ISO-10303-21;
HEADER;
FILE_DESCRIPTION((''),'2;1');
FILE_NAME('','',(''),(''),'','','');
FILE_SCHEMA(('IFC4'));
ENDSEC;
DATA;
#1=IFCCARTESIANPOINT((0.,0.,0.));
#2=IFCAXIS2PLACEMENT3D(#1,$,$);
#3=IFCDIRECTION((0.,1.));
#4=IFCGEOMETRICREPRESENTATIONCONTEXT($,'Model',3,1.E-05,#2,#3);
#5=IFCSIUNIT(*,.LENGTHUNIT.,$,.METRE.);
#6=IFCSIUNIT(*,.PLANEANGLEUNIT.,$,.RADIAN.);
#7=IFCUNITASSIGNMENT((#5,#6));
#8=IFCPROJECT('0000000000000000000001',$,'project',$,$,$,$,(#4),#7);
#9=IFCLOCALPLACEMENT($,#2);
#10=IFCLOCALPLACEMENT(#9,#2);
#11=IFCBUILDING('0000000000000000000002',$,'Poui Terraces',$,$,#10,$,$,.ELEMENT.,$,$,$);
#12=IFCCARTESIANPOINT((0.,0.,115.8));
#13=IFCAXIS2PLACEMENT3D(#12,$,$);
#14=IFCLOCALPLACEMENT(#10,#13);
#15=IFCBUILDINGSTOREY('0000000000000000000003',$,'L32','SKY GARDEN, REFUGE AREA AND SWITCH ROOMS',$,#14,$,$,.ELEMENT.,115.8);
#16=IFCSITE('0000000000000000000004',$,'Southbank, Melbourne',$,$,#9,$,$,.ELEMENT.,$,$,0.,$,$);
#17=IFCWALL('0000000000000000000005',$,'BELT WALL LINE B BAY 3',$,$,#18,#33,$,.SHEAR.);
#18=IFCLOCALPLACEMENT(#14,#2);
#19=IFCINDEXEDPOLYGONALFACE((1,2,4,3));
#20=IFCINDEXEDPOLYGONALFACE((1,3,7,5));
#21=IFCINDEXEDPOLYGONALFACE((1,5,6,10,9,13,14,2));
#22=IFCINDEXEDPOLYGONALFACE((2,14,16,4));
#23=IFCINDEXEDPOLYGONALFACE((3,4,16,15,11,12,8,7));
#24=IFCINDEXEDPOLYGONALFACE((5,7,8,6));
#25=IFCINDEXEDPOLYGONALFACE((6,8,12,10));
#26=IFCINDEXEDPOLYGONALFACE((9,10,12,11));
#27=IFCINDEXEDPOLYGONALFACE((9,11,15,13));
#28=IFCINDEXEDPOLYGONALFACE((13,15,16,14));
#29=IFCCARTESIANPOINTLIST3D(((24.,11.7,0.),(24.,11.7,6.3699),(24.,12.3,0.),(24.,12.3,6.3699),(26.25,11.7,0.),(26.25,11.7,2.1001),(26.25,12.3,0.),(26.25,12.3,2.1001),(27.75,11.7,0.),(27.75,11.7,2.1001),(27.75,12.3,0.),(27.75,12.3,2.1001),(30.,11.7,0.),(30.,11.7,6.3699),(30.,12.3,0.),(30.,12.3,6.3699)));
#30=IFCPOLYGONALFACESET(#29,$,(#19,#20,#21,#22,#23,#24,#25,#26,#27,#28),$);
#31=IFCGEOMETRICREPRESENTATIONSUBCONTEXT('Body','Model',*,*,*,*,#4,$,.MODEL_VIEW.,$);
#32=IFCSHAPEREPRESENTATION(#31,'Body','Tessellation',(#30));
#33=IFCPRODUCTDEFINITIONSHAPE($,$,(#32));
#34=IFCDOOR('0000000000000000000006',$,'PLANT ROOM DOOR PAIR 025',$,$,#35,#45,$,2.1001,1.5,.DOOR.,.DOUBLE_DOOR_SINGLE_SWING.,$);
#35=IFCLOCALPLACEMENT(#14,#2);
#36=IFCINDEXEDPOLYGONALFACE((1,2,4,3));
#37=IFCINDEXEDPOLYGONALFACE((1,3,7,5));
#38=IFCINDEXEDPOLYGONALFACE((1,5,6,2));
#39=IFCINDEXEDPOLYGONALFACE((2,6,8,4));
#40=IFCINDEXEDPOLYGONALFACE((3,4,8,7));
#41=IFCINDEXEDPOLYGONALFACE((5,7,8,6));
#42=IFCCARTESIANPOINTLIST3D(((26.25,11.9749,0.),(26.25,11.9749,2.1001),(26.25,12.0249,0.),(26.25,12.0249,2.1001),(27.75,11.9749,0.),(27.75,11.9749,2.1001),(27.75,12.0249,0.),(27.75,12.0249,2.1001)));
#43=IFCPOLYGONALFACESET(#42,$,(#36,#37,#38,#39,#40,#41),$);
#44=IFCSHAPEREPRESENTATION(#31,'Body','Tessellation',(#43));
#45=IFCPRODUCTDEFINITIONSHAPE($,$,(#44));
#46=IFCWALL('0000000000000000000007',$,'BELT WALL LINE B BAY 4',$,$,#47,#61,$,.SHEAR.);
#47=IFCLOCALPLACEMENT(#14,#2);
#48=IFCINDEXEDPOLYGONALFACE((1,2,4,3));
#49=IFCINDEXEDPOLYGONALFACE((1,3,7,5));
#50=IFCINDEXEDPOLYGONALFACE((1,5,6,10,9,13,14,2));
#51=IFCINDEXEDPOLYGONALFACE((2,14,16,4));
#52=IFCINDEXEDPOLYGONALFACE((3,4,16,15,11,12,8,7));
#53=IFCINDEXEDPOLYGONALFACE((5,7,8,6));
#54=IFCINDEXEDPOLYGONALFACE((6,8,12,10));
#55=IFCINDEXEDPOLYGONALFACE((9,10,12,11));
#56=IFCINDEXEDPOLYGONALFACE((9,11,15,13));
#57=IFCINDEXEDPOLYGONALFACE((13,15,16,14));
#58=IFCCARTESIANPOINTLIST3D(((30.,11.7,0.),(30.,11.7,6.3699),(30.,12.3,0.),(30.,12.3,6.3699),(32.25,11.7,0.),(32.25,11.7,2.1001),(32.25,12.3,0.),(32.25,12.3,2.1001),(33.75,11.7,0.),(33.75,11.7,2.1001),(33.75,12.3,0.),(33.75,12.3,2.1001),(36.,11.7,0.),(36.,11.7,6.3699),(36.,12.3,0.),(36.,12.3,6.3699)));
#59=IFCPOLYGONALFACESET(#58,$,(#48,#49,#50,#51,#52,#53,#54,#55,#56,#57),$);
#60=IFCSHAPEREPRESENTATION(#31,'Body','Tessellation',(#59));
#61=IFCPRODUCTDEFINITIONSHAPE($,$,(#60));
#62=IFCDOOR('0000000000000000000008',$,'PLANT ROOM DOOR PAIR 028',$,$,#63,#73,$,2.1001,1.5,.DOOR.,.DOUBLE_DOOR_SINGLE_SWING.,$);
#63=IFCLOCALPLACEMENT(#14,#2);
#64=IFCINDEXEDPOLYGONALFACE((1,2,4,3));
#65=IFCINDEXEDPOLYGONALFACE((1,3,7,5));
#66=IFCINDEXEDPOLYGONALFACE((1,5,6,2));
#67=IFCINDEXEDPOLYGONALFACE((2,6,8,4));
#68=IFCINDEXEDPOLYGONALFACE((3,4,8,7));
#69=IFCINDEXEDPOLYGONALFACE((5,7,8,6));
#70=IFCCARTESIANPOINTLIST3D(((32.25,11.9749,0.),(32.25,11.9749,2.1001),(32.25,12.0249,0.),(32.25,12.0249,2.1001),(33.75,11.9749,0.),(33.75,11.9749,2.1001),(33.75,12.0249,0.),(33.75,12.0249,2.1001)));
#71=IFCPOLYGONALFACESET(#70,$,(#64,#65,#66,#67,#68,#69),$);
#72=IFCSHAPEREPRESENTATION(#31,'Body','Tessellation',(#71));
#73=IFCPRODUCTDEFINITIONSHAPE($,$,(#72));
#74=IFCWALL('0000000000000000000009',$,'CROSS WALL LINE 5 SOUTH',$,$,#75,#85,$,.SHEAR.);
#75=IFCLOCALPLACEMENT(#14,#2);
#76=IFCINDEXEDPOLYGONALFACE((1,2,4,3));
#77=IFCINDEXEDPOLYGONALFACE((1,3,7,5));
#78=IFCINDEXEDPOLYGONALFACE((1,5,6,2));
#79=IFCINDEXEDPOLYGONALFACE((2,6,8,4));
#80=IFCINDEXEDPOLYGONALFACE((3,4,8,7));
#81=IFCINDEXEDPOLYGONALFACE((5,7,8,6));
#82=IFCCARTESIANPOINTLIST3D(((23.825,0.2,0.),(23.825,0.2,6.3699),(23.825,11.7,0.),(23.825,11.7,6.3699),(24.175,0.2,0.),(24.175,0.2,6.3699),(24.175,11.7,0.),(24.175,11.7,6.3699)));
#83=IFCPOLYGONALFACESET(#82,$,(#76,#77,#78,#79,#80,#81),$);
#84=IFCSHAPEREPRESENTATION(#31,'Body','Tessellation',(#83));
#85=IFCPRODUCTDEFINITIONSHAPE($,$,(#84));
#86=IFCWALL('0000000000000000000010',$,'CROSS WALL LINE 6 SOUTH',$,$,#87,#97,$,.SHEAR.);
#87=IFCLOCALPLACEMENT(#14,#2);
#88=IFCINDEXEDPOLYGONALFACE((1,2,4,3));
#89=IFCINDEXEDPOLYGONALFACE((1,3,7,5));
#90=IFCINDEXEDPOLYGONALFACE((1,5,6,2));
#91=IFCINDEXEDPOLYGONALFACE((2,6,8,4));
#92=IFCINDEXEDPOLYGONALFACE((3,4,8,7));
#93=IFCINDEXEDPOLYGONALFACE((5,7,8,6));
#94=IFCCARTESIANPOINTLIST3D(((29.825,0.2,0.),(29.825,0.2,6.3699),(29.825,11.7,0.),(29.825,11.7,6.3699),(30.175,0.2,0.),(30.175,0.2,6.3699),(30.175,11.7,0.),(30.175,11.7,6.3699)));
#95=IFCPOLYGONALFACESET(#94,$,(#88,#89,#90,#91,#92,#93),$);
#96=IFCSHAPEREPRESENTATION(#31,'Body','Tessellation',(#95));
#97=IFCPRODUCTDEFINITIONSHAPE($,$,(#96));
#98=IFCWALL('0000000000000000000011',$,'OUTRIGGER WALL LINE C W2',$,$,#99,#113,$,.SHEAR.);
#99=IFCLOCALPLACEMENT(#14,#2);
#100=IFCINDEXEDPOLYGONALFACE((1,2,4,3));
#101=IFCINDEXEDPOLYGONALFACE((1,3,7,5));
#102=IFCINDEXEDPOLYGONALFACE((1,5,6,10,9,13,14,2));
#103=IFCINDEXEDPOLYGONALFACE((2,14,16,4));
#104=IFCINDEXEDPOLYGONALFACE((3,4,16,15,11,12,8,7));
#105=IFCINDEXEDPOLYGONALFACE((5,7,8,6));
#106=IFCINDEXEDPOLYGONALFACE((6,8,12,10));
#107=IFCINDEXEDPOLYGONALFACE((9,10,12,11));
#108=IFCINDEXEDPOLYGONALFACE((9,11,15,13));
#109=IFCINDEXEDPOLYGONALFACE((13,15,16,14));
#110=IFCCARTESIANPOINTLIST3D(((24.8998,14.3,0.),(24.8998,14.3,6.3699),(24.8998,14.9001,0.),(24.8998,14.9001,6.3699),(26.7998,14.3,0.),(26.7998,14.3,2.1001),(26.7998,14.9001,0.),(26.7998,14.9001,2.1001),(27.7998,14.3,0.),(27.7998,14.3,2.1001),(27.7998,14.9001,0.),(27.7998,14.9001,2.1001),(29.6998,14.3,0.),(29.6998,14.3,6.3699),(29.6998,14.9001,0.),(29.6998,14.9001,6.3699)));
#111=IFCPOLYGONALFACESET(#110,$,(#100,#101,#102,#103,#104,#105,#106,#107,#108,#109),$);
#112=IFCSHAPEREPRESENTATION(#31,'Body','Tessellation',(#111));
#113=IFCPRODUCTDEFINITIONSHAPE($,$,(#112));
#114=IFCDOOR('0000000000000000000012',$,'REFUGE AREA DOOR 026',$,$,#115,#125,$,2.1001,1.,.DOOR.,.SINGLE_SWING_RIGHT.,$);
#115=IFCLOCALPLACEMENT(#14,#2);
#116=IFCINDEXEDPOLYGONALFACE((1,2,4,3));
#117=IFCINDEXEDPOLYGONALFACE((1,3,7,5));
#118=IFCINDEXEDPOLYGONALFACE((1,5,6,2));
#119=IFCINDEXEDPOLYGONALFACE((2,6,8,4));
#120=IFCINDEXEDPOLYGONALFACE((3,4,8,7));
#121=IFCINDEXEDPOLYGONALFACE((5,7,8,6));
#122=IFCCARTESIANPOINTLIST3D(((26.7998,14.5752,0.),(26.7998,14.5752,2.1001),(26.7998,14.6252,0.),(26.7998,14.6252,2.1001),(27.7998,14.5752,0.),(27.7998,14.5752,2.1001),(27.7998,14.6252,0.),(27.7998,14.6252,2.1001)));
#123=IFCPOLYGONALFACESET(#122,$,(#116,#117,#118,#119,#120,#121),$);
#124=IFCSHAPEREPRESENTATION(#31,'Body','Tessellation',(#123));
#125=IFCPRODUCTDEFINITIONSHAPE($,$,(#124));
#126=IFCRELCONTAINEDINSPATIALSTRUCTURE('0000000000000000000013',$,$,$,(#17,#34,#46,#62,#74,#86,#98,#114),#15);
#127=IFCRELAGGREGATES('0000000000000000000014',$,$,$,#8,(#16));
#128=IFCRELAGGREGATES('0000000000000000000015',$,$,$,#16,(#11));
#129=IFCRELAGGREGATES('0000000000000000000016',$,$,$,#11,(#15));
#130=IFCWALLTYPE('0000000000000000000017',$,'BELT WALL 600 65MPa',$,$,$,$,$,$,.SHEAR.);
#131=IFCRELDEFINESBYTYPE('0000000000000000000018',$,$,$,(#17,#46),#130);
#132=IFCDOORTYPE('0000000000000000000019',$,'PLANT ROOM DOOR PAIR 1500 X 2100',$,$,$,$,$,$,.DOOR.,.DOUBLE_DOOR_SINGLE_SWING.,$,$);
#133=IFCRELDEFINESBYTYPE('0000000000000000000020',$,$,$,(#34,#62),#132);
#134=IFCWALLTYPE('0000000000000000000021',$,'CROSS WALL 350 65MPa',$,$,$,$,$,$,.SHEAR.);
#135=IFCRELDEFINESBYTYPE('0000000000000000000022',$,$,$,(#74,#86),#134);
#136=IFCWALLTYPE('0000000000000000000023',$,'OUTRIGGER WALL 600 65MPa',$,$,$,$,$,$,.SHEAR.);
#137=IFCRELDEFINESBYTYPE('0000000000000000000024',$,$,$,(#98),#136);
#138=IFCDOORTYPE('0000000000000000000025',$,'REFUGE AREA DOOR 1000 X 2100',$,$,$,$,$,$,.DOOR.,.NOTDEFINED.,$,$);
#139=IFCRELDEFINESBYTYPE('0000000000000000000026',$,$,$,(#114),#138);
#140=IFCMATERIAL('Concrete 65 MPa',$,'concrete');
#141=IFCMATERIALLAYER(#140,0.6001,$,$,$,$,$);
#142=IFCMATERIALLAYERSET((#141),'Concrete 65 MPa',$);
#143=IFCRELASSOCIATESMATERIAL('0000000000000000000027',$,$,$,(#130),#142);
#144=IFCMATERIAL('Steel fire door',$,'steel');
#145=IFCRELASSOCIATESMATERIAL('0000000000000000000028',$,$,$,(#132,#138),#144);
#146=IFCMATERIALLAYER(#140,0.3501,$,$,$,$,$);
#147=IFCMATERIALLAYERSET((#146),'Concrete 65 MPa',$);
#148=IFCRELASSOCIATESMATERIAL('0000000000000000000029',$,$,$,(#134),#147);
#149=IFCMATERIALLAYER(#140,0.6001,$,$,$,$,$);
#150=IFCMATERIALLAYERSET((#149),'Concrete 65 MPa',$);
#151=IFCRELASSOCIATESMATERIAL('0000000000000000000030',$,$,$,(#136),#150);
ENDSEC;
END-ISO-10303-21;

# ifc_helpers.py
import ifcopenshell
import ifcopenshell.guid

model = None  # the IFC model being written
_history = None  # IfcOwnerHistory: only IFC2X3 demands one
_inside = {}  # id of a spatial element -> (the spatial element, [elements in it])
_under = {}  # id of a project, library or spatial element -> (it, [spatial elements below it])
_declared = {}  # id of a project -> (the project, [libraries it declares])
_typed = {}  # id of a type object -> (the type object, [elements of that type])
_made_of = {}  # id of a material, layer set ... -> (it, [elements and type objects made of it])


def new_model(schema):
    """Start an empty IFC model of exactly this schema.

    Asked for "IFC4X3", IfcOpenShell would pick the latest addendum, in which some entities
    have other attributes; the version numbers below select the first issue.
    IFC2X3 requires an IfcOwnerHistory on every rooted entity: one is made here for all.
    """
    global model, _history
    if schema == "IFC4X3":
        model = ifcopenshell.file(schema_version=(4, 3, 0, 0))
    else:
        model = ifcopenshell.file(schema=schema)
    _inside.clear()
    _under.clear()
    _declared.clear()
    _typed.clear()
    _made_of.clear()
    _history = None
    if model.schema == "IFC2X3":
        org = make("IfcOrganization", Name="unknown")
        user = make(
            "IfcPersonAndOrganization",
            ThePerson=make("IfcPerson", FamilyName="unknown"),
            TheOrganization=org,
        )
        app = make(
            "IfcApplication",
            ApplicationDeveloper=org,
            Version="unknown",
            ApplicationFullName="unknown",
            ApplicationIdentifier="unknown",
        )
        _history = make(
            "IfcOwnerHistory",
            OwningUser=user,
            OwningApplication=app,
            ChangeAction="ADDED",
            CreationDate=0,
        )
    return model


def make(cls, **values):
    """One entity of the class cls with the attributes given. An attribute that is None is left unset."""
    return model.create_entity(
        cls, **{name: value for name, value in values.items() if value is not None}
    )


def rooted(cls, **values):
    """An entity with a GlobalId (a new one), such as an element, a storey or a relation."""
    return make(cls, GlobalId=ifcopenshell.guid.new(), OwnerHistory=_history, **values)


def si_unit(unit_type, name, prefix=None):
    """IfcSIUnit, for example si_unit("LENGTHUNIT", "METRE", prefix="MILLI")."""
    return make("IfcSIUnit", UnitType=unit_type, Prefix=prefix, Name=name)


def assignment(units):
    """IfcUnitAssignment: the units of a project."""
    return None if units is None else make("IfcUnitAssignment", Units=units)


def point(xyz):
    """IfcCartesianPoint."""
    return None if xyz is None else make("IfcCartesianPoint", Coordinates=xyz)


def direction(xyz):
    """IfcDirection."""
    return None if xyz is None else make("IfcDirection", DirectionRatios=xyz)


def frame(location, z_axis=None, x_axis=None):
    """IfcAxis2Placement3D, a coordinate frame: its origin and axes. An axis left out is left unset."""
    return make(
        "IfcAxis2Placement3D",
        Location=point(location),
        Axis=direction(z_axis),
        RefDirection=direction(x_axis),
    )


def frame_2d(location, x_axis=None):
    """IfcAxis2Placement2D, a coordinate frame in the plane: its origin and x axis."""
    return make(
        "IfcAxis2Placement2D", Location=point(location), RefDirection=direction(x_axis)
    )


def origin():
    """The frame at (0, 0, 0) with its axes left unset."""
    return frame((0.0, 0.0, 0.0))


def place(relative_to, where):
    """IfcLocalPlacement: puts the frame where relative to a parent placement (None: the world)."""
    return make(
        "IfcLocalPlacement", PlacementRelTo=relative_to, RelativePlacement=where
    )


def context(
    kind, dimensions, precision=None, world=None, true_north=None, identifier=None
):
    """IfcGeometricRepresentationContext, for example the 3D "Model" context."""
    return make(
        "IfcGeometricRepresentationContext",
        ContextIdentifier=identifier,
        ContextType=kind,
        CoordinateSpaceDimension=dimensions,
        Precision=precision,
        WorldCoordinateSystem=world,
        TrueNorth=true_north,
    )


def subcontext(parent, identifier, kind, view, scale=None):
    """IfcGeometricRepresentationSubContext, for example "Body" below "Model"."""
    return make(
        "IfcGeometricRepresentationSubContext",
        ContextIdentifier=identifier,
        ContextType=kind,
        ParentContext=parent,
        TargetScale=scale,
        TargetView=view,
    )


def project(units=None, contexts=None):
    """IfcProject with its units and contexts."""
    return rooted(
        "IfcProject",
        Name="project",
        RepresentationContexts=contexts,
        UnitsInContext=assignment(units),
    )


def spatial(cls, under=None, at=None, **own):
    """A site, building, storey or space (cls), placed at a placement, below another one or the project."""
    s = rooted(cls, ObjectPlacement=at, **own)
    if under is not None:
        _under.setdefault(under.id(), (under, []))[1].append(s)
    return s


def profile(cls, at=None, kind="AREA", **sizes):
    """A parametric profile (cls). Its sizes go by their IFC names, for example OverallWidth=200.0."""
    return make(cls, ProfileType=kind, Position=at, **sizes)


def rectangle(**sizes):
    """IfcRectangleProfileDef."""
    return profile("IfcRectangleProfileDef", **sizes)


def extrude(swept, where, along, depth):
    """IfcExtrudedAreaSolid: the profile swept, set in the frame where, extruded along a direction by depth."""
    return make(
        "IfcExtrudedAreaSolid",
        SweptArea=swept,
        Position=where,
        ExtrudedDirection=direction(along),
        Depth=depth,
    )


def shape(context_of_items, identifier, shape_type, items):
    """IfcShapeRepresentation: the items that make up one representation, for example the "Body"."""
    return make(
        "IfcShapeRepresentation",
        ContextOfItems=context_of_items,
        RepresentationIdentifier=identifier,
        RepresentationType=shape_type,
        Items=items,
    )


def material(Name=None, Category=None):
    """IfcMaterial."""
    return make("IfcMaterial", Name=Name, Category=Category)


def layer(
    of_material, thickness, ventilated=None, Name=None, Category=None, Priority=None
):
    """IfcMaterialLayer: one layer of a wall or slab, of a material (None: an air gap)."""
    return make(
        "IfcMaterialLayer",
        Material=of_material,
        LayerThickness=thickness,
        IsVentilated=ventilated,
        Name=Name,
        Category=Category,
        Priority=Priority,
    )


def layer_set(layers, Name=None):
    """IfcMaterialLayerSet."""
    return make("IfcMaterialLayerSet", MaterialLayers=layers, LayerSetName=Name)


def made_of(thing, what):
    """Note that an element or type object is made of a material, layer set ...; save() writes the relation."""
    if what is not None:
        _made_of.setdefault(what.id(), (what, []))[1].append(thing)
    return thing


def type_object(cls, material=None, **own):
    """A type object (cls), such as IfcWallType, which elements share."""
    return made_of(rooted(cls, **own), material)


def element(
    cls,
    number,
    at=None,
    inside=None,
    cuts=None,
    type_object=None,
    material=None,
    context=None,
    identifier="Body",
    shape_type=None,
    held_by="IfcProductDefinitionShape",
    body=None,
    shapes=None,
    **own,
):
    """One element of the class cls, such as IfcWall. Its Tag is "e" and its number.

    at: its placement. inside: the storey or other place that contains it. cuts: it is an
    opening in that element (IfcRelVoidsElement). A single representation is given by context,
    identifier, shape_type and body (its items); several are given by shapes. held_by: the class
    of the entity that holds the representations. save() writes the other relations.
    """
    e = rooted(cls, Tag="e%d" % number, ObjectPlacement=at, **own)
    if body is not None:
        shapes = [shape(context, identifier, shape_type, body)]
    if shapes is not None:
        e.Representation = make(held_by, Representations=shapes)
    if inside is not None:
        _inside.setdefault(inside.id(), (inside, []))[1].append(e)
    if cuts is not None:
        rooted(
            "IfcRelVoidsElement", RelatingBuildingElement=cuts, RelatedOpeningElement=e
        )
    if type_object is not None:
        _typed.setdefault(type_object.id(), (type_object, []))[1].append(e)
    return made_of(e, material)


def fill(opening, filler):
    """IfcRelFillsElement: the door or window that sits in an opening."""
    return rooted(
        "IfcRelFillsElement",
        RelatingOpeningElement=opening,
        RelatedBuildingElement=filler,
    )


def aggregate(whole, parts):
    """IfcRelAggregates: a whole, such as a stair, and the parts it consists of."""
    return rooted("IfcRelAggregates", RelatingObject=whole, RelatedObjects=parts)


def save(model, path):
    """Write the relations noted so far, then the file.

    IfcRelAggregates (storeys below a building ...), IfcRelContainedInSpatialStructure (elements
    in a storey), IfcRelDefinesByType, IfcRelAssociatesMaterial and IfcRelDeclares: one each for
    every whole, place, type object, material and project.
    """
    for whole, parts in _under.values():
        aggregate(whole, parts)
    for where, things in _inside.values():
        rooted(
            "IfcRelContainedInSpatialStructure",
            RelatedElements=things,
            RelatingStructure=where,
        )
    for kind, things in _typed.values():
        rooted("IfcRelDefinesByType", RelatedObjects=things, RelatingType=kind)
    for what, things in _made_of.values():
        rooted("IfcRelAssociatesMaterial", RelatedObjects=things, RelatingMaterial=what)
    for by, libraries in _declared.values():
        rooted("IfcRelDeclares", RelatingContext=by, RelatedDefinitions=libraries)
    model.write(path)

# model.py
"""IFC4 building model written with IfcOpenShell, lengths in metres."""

from ifc_helpers import new_model, si_unit, direction, frame, frame_2d, origin, place, context, subcontext, project, spatial, rectangle, extrude, material, layer, layer_set, type_object, element, fill, save


model = new_model("IFC4")

# Units and contexts
model_context = context("Model", 3, precision=1e-05, world=origin(), true_north=direction((0.0, 1.0)))
body_context = subcontext(model_context, "Body", "Model", "MODEL_VIEW")
ifc_project = project(units=[si_unit("LENGTHUNIT", "METRE"), si_unit("PLANEANGLEUNIT", "RADIAN")], contexts=[model_context])

# Site, building, storey
site_placement = place(None, origin())
site = spatial("IfcSite", under=ifc_project, at=site_placement, Name="Southbank, Melbourne", CompositionType="ELEMENT", RefElevation=0.0)
building_placement = place(site_placement, origin())
building = spatial("IfcBuilding", under=site, at=building_placement, Name="Poui Terraces", CompositionType="ELEMENT")
storey_placement = place(building_placement, frame((0.0, 0.0, 115.8)))
storey = spatial("IfcBuildingStorey", under=building, at=storey_placement, Name="L32", Description="SKY GARDEN, REFUGE AREA AND SWITCH ROOMS", CompositionType="ELEMENT", Elevation=115.8)

# Walls, openings, doors
ifc_material_1 = material(Name="Concrete 65 MPa", Category="concrete")
ifc_layer_1 = layer(ifc_material_1, 0.6001)
ifc_layer_set_1 = layer_set([ifc_layer_1], Name="Concrete 65 MPa")
wall_type_1 = type_object("IfcWallType", Name="BELT WALL 600 65MPa", PredefinedType="SHEAR", material=ifc_layer_set_1)
wall_1_placement = place(storey_placement, frame((24.0, 12.0, 0.0), z_axis=(0.0, 0.0, 1.0), x_axis=(1.0, 0.0, 0.0)))
wall_1 = element("IfcWall", 1, at=wall_1_placement, inside=storey, type_object=wall_type_1, Name="BELT WALL LINE B BAY 3", PredefinedType="SHEAR", context=body_context, shape_type="SweptSolid", body=[
    extrude(rectangle(XDim=6.0, YDim=0.6001, at=frame_2d((3.0, 0.0))), origin(), (0.0, 0.0, 1.0), 6.3699),
])
opening_1_placement = place(wall_1_placement, frame((2.25, 0.0, 0.0)))
opening_1 = element("IfcOpeningElement", 2, at=opening_1_placement, cuts=wall_1, PredefinedType="OPENING", context=body_context, shape_type="SweptSolid", body=[
    extrude(rectangle(XDim=1.5, YDim=2.1001, at=frame_2d((0.75, 1.05))), frame((0.0, 0.3101, 0.0), z_axis=(0.0, -1.0, 0.0), x_axis=(1.0, 0.0, 0.0)), (0.0, 0.0, 1.0), 0.6201),
])
ifc_material_2 = material(Name="Steel fire door", Category="steel")
door_type_1 = type_object("IfcDoorType", Name="PLANT ROOM DOOR PAIR 1500 X 2100", OperationType="DOUBLE_DOOR_SINGLE_SWING", PredefinedType="DOOR", material=ifc_material_2)
door_1_placement = place(opening_1_placement, origin())
door_1 = element("IfcDoor", 3, at=door_1_placement, inside=storey, type_object=door_type_1, Name="PLANT ROOM DOOR PAIR 025", OperationType="DOUBLE_DOOR_SINGLE_SWING", OverallHeight=2.1001, OverallWidth=1.5, PredefinedType="DOOR", context=body_context, shape_type="SweptSolid", body=[
    extrude(rectangle(XDim=1.5, YDim=2.1001, at=frame_2d((0.75, 1.05))), frame((0.0, 0.0249, 0.0), z_axis=(0.0, -1.0, 0.0), x_axis=(1.0, 0.0, 0.0)), (0.0, 0.0, 1.0), 0.05),
])
fill(opening_1, door_1)
wall_2_placement = place(storey_placement, frame((30.0, 12.0, 0.0), z_axis=(0.0, 0.0, 1.0), x_axis=(1.0, 0.0, 0.0)))
wall_2 = element("IfcWall", 4, at=wall_2_placement, inside=storey, type_object=wall_type_1, Name="BELT WALL LINE B BAY 4", PredefinedType="SHEAR", context=body_context, shape_type="SweptSolid", body=[
    extrude(rectangle(XDim=6.0, YDim=0.6001, at=frame_2d((3.0, 0.0))), origin(), (0.0, 0.0, 1.0), 6.3699),
])
opening_2_placement = place(wall_2_placement, frame((2.25, 0.0, 0.0)))
opening_2 = element("IfcOpeningElement", 5, at=opening_2_placement, cuts=wall_2, PredefinedType="OPENING", context=body_context, shape_type="SweptSolid", body=[
    extrude(rectangle(XDim=1.5, YDim=2.1001, at=frame_2d((0.75, 1.05))), frame((0.0, 0.3101, 0.0), z_axis=(0.0, -1.0, 0.0), x_axis=(1.0, 0.0, 0.0)), (0.0, 0.0, 1.0), 0.6201),
])
door_2_placement = place(opening_2_placement, origin())
door_2 = element("IfcDoor", 6, at=door_2_placement, inside=storey, type_object=door_type_1, Name="PLANT ROOM DOOR PAIR 028", OperationType="DOUBLE_DOOR_SINGLE_SWING", OverallHeight=2.1001, OverallWidth=1.5, PredefinedType="DOOR", context=body_context, shape_type="SweptSolid", body=[
    extrude(rectangle(XDim=1.5, YDim=2.1001, at=frame_2d((0.75, 1.05))), frame((0.0, 0.0249, 0.0), z_axis=(0.0, -1.0, 0.0), x_axis=(1.0, 0.0, 0.0)), (0.0, 0.0, 1.0), 0.05),
])
fill(opening_2, door_2)

# Walls
ifc_layer_2 = layer(ifc_material_1, 0.3501)
ifc_layer_set_2 = layer_set([ifc_layer_2], Name="Concrete 65 MPa")
wall_type_2 = type_object("IfcWallType", Name="CROSS WALL 350 65MPa", PredefinedType="SHEAR", material=ifc_layer_set_2)
for number, where, z_axis, x_axis, name in (
    (7, (24.0, 0.2, 0.0), (0.0, 0.0, 1.0), (0.0, 1.0, 0.0), "CROSS WALL LINE 5 SOUTH"),
    (8, (30.0, 0.2, 0.0), (0.0, 0.0, 1.0), (0.0, 1.0, 0.0), "CROSS WALL LINE 6 SOUTH"),
):
    element("IfcWall", number, at=place(storey_placement, frame(where, z_axis=z_axis, x_axis=x_axis)), inside=storey, type_object=wall_type_2, Name=name, PredefinedType="SHEAR", context=body_context, shape_type="SweptSolid", body=[
        extrude(rectangle(XDim=11.5, YDim=0.3501, at=frame_2d((5.75, 0.0))), origin(), (0.0, 0.0, 1.0), 6.3699),
    ])

# Wall, opening, door
ifc_layer_3 = layer(ifc_material_1, 0.6001)
ifc_layer_set_3 = layer_set([ifc_layer_3], Name="Concrete 65 MPa")
wall_type_3 = type_object("IfcWallType", Name="OUTRIGGER WALL 600 65MPa", PredefinedType="SHEAR", material=ifc_layer_set_3)
wall_3_placement = place(storey_placement, frame((24.8999, 14.6001, 0.0), z_axis=(0.0, 0.0, 1.0), x_axis=(1.0, 0.0, 0.0)))
wall_3 = element("IfcWall", 9, at=wall_3_placement, inside=storey, type_object=wall_type_3, Name="OUTRIGGER WALL LINE C W2", PredefinedType="SHEAR", context=body_context, shape_type="SweptSolid", body=[
    extrude(rectangle(XDim=4.8, YDim=0.6001, at=frame_2d((2.3999, 0.0))), origin(), (0.0, 0.0, 1.0), 6.3699),
])
opening_3_placement = place(wall_3_placement, frame((1.8999, 0.0, 0.0)))
opening_3 = element("IfcOpeningElement", 10, at=opening_3_placement, cuts=wall_3, PredefinedType="OPENING", context=body_context, shape_type="SweptSolid", body=[
    extrude(rectangle(XDim=1.0, YDim=2.1001, at=frame_2d((0.5, 1.05))), frame((0.0, 0.3101, 0.0), z_axis=(0.0, -1.0, 0.0), x_axis=(1.0, 0.0, 0.0)), (0.0, 0.0, 1.0), 0.6201),
])
door_type_2 = type_object("IfcDoorType", Name="REFUGE AREA DOOR 1000 X 2100", OperationType="NOTDEFINED", PredefinedType="DOOR", material=ifc_material_2)
door_3_placement = place(opening_3_placement, frame((1.0, 0.0, 0.0), z_axis=(0.0, 0.0, 1.0), x_axis=(-1.0, 0.0, 0.0)))
door_3 = element("IfcDoor", 11, at=door_3_placement, inside=storey, type_object=door_type_2, Name="REFUGE AREA DOOR 026", OperationType="SINGLE_SWING_RIGHT", OverallHeight=2.1001, OverallWidth=1.0, PredefinedType="DOOR", context=body_context, shape_type="SweptSolid", body=[
    extrude(rectangle(XDim=1.0, YDim=2.1001, at=frame_2d((0.5, 1.05))), frame((0.0, 0.0249, 0.0), z_axis=(0.0, -1.0, 0.0), x_axis=(1.0, 0.0, 0.0)), (0.0, 0.0, 1.0), 0.05),
])
fill(opening_3, door_3)

save(model, "model.ifc")
